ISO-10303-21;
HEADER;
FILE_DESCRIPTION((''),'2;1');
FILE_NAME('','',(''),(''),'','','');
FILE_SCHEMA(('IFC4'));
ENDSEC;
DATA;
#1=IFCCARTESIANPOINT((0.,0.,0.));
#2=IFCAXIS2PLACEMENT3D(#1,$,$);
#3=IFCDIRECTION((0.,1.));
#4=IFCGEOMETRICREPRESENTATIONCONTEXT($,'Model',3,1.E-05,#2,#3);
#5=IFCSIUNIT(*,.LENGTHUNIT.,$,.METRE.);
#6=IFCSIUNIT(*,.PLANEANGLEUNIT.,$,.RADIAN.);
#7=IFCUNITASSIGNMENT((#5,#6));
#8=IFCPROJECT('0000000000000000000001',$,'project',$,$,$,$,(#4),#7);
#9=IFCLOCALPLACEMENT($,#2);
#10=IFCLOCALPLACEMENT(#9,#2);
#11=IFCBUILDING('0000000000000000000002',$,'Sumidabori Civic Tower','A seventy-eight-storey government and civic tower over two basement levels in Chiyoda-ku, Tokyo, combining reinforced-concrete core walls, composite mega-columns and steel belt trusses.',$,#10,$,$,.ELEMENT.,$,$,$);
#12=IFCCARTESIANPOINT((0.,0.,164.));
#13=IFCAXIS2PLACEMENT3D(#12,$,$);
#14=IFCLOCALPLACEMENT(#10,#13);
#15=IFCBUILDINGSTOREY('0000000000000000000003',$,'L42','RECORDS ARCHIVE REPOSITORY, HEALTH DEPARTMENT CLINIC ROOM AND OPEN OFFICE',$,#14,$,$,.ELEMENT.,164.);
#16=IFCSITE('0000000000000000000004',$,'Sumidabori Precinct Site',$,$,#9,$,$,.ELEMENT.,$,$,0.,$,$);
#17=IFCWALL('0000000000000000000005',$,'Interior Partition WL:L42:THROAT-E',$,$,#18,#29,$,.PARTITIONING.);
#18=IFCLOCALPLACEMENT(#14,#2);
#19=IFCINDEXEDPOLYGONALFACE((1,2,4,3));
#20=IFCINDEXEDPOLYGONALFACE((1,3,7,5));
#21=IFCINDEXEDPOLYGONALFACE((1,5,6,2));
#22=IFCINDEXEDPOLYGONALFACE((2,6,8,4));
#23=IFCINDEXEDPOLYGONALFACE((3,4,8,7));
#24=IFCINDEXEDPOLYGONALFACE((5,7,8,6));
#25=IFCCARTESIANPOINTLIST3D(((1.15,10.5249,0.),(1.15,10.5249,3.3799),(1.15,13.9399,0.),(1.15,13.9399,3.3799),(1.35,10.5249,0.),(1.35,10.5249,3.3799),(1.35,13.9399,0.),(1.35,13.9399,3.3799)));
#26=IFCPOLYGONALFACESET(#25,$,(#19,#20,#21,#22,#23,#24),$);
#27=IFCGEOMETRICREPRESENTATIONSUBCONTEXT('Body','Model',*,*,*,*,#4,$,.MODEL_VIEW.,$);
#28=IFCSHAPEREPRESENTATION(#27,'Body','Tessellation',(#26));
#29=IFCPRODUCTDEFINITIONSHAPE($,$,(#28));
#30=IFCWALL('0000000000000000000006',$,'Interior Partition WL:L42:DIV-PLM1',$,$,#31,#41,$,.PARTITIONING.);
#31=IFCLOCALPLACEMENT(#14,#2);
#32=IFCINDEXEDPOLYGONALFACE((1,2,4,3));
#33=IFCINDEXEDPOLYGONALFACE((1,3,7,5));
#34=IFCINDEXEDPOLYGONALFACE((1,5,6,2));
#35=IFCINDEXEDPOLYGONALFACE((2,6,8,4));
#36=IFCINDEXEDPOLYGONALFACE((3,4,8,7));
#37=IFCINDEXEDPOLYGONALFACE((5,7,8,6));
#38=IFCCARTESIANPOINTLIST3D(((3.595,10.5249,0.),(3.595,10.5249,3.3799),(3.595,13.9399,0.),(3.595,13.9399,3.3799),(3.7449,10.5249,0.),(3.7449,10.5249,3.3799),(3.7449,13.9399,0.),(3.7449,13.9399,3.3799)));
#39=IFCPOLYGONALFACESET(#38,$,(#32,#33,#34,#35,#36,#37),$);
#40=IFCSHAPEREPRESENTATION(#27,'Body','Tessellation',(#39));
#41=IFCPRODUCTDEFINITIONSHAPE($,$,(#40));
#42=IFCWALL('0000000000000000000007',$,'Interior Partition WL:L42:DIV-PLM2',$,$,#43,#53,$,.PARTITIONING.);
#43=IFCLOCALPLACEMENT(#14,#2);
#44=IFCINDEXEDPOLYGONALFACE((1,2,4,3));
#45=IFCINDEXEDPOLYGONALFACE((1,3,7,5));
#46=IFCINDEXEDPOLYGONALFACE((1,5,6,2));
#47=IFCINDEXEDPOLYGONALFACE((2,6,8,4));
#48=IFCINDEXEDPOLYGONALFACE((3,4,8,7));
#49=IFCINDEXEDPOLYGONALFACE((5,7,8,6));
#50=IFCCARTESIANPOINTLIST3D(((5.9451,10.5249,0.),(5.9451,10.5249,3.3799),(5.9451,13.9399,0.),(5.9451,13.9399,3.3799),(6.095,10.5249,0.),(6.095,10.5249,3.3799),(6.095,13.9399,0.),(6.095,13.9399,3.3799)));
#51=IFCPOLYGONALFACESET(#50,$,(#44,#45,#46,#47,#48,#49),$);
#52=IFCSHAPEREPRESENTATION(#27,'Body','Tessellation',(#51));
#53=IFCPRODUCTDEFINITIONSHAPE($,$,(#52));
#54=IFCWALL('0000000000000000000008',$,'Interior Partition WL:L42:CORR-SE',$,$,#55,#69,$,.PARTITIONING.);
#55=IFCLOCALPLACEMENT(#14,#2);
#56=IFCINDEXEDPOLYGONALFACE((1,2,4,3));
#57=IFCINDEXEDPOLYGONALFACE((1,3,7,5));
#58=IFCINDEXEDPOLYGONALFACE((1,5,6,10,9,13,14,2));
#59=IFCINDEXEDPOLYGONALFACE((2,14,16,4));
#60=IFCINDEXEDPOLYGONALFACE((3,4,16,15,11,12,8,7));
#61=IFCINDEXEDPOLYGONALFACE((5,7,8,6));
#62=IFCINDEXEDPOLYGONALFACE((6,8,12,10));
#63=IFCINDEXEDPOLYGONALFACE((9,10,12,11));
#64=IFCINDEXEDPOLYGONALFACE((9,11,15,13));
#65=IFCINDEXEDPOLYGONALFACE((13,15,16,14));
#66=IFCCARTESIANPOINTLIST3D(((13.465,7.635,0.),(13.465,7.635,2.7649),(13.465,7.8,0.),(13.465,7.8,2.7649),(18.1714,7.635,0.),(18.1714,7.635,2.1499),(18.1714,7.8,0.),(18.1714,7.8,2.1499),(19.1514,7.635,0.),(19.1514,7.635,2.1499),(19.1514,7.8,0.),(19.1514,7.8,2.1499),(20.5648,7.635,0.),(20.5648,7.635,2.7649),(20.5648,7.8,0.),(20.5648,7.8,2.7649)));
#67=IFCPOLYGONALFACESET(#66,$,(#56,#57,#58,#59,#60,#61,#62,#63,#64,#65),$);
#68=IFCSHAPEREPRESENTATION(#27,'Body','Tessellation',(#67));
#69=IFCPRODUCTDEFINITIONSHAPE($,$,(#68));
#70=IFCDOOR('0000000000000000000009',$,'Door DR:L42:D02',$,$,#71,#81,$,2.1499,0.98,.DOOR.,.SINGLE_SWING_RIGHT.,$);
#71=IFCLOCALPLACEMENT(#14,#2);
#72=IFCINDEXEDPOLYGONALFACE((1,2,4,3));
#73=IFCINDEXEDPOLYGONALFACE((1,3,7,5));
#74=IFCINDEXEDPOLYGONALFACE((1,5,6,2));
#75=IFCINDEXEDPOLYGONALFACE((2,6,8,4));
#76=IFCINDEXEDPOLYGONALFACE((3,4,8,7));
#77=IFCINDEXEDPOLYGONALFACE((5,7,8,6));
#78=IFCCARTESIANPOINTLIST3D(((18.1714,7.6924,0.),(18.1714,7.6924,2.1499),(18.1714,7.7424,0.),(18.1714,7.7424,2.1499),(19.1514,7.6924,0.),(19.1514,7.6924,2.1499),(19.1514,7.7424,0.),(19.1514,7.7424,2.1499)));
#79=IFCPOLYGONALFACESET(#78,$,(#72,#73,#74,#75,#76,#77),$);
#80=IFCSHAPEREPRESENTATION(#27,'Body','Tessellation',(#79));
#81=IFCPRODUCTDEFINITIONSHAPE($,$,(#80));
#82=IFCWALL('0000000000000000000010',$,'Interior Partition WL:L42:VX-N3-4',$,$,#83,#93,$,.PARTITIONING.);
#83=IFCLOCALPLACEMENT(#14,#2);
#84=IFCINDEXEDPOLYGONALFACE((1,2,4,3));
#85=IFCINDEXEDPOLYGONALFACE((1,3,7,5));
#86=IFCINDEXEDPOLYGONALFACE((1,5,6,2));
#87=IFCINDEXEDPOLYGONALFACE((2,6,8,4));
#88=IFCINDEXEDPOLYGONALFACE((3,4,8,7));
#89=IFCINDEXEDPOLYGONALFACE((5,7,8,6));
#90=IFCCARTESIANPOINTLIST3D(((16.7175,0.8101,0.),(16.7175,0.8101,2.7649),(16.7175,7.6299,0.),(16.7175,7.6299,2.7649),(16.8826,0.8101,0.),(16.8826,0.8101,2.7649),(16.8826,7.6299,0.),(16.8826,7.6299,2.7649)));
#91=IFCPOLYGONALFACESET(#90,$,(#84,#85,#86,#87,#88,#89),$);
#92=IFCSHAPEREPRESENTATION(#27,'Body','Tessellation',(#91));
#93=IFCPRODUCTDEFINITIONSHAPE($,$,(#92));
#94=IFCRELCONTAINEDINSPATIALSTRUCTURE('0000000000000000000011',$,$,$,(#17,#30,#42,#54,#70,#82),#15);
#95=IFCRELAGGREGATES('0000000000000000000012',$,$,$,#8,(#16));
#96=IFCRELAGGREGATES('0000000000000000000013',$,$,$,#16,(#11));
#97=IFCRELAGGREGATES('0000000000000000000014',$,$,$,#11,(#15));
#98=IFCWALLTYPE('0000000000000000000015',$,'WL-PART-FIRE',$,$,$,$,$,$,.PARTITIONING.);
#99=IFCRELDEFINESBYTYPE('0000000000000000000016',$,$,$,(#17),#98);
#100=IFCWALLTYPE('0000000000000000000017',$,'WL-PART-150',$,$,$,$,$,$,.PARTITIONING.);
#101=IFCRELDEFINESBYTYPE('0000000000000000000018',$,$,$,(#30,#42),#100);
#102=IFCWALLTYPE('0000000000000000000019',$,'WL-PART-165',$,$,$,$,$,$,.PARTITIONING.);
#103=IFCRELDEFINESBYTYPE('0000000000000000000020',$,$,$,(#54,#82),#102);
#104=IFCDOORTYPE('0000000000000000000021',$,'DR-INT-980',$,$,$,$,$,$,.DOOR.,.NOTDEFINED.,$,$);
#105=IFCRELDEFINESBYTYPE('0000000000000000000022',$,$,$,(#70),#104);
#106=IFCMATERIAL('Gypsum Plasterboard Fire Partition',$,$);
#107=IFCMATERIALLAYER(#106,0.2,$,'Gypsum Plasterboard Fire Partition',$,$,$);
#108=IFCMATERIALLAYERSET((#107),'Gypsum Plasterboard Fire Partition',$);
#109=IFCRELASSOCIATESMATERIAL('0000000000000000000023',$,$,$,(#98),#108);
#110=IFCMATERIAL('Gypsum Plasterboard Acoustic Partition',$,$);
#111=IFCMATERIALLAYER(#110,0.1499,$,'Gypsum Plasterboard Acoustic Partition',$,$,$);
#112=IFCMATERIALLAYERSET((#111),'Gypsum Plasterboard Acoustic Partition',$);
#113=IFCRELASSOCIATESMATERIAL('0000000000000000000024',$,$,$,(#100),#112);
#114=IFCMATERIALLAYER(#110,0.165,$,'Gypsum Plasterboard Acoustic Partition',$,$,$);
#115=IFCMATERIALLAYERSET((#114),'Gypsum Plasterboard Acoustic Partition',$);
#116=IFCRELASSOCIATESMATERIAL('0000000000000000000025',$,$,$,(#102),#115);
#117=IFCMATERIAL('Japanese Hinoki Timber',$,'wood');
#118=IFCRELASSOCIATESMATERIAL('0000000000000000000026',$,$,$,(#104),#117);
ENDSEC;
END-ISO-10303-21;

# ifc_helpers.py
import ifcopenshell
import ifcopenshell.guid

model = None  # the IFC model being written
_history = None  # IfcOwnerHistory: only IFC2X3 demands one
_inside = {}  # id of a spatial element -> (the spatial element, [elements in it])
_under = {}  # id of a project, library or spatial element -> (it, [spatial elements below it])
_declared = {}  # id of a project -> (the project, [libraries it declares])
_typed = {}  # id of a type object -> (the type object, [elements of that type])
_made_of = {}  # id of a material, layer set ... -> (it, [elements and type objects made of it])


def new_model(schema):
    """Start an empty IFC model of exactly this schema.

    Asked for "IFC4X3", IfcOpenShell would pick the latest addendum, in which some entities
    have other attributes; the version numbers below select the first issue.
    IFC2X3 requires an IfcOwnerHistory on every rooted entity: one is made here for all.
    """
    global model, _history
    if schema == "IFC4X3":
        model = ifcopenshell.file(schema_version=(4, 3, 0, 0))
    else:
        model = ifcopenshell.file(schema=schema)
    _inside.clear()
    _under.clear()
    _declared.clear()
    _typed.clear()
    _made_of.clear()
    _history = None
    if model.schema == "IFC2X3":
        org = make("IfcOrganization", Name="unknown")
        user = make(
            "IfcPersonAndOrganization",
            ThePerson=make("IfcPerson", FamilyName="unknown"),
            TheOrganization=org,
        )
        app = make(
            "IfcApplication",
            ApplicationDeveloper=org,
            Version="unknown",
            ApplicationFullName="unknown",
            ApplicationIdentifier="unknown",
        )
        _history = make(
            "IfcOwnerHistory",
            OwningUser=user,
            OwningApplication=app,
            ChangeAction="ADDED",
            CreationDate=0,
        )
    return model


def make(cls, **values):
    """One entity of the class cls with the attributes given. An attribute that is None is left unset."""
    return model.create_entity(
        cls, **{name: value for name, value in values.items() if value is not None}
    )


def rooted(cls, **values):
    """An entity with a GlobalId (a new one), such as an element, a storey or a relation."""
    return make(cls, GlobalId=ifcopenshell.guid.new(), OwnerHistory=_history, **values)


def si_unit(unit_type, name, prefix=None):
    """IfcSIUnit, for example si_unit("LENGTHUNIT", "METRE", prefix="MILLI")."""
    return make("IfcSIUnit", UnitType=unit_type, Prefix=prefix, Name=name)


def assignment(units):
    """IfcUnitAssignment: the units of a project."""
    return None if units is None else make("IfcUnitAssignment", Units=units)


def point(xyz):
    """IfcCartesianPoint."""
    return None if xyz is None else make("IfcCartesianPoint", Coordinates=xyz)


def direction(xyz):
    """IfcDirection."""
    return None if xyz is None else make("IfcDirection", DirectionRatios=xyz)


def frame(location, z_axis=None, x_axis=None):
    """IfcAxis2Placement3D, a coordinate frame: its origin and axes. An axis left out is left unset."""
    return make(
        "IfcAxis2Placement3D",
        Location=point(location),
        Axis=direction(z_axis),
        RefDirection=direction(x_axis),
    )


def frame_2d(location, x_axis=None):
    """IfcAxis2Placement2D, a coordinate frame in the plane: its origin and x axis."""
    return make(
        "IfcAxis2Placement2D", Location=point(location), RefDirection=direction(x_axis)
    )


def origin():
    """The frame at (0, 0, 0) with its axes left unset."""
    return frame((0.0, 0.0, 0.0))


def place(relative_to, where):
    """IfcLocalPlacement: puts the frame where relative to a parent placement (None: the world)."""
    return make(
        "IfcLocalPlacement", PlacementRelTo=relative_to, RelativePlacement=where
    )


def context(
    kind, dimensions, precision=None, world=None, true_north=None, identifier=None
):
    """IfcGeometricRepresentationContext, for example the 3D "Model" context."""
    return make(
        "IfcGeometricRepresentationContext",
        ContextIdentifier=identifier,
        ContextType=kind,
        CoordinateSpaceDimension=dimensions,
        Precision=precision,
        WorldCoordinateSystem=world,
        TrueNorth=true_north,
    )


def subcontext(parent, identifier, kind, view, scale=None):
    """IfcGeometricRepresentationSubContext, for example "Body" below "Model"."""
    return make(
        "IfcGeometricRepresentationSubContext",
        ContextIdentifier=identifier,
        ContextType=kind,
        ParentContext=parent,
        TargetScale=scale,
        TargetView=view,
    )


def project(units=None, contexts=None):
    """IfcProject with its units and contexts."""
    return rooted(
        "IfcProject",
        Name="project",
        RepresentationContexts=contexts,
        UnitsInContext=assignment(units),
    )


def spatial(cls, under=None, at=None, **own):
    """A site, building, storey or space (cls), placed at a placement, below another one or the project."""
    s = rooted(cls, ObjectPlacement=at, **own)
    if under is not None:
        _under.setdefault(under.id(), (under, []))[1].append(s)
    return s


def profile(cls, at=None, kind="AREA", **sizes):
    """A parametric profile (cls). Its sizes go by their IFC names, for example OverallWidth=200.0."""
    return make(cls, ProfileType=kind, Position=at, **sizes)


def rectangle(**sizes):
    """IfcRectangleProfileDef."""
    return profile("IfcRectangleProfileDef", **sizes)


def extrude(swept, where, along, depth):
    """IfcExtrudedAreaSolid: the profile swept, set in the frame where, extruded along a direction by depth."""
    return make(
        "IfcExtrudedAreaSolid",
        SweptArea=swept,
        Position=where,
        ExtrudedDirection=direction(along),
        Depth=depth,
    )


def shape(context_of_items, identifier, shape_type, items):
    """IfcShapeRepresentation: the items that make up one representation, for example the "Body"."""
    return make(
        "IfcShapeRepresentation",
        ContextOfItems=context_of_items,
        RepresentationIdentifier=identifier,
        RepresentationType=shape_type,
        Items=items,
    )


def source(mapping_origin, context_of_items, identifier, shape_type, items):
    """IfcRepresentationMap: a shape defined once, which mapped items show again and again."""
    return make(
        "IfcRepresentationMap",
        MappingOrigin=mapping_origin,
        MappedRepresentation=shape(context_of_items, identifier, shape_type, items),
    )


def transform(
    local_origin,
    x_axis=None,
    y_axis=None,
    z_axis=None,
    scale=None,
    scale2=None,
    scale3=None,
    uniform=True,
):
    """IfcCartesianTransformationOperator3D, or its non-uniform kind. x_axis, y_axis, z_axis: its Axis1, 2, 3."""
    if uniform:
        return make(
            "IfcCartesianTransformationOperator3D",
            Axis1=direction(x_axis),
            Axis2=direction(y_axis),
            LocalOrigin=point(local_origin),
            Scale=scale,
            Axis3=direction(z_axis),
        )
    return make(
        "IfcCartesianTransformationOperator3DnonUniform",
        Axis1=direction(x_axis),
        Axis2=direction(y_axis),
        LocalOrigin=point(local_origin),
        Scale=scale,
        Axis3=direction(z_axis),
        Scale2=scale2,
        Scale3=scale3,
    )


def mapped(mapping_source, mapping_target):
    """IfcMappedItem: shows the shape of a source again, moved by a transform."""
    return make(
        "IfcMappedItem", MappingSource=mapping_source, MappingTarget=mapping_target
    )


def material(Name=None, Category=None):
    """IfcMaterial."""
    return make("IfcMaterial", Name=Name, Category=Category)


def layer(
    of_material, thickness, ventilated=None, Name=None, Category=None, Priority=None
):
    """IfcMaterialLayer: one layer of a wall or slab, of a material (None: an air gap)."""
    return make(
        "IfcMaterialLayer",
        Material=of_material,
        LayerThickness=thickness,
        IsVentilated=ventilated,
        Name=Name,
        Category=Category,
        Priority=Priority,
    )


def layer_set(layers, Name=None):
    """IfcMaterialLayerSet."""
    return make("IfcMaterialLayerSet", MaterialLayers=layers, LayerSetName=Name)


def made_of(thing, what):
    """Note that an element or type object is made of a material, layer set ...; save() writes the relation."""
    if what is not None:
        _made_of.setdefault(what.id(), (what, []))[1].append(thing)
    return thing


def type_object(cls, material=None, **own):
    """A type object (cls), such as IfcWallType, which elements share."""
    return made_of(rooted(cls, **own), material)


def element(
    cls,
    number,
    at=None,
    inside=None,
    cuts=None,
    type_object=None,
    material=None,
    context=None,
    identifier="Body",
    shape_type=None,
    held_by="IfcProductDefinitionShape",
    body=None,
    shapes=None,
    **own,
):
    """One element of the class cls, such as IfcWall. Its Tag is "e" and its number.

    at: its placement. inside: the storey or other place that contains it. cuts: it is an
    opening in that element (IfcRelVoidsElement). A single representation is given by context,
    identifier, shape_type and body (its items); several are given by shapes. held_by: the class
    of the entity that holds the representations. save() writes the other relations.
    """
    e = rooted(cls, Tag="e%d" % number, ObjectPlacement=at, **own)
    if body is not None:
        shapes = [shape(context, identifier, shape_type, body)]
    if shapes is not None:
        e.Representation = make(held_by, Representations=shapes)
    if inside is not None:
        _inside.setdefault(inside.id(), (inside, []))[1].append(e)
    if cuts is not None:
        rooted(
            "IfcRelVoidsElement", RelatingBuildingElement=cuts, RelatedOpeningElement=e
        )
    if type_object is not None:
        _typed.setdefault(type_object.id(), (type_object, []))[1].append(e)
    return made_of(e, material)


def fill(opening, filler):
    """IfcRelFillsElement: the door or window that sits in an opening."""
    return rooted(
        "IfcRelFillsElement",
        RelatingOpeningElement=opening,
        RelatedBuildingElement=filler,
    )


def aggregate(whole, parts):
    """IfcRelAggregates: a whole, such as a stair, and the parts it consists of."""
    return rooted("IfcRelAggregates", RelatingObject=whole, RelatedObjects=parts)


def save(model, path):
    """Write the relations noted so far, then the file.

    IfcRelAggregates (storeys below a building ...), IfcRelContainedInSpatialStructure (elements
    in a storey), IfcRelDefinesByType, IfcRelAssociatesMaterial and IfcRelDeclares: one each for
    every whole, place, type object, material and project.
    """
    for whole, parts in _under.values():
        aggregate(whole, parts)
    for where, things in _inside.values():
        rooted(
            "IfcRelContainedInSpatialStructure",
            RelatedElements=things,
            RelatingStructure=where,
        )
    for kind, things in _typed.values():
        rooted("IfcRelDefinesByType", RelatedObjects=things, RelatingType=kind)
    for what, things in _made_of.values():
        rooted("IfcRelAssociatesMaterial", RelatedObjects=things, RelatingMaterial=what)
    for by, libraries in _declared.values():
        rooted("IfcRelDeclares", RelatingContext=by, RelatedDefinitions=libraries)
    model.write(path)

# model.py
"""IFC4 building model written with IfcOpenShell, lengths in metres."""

from ifc_helpers import new_model, si_unit, direction, frame, frame_2d, origin, place, context, subcontext, project, spatial, rectangle, extrude, source, transform, mapped, material, layer, layer_set, type_object, element, fill, save


model = new_model("IFC4")

# Units and contexts
model_context = context("Model", 3, precision=1e-05, world=origin(), true_north=direction((0.0, 1.0)))
body_context = subcontext(model_context, "Body", "Model", "MODEL_VIEW")
ifc_project = project(units=[si_unit("LENGTHUNIT", "METRE"), si_unit("PLANEANGLEUNIT", "RADIAN")], contexts=[model_context])

# Site, building, storey
site_placement = place(None, origin())
site = spatial("IfcSite", under=ifc_project, at=site_placement, Name="Sumidabori Precinct Site", CompositionType="ELEMENT", RefElevation=0.0)
building_placement = place(site_placement, origin())
building = spatial("IfcBuilding", under=site, at=building_placement, Name="Sumidabori Civic Tower", Description="A seventy-eight-storey government and civic tower over two basement levels in Chiyoda-ku, Tokyo, combining reinforced-concrete core walls, composite mega-columns and steel belt trusses.", CompositionType="ELEMENT")
storey_placement = place(building_placement, frame((0.0, 0.0, 164.0)))
storey = spatial("IfcBuildingStorey", under=building, at=storey_placement, Name="L42", Description="RECORDS ARCHIVE REPOSITORY, HEALTH DEPARTMENT CLINIC ROOM AND OPEN OFFICE", CompositionType="ELEMENT", Elevation=164.0)

# Shared definitions
ifc_material_1 = material(Name="Japanese Hinoki Timber", Category="wood")

# Shared definitions
ifc_material_2 = material(Name="Gypsum Plasterboard Fire Partition")
ifc_layer_1 = layer(ifc_material_2, 0.2, Name="Gypsum Plasterboard Fire Partition")
ifc_layer_set_1 = layer_set([ifc_layer_1], Name="Gypsum Plasterboard Fire Partition")
wall_type_1 = type_object("IfcWallType", Name="WL-PART-FIRE", PredefinedType="PARTITIONING", material=ifc_layer_set_1)

# Walls
shared_shape_1 = source(origin(), body_context, "Body", "SweptSolid", [
    extrude(rectangle(XDim=3.415, YDim=0.2, at=frame_2d((1.7075, 0.0))), origin(), (0.0, 0.0, 1.0), 3.3799),
])
wall_1_placement = place(storey_placement, frame((1.25, 10.5249, 0.0), z_axis=(0.0, 0.0, 1.0), x_axis=(0.0, 1.0, 0.0)))
element("IfcWall", 1, at=wall_1_placement, inside=storey, type_object=wall_type_1, Name="Interior Partition WL:L42:THROAT-E", PredefinedType="PARTITIONING", context=body_context, shape_type="MappedRepresentation", body=[
    mapped(shared_shape_1, transform((0.0, 0.0, 0.0), x_axis=(1.0, 0.0, 0.0), y_axis=(0.0, 1.0, 0.0), z_axis=(0.0, 0.0, 1.0), scale=1.0)),
])
ifc_material_3 = material(Name="Gypsum Plasterboard Acoustic Partition")
ifc_layer_2 = layer(ifc_material_3, 0.1499, Name="Gypsum Plasterboard Acoustic Partition")
ifc_layer_set_2 = layer_set([ifc_layer_2], Name="Gypsum Plasterboard Acoustic Partition")
wall_type_2 = type_object("IfcWallType", Name="WL-PART-150", PredefinedType="PARTITIONING", material=ifc_layer_set_2)
shared_shape_2 = source(origin(), body_context, "Body", "SweptSolid", [
    extrude(rectangle(XDim=3.415, YDim=0.1499, at=frame_2d((1.7075, 0.0))), origin(), (0.0, 0.0, 1.0), 3.3799),
])
for number, where, z_axis, x_axis, name in (
    (2, (3.6699, 10.5249, 0.0), (0.0, 0.0, 1.0), (0.0, 1.0, 0.0), "Interior Partition WL:L42:DIV-PLM1"),
    (3, (6.02, 10.5249, 0.0), (0.0, 0.0, 1.0), (0.0, 1.0, 0.0), "Interior Partition WL:L42:DIV-PLM2"),
):
    element("IfcWall", number, at=place(storey_placement, frame(where, z_axis=z_axis, x_axis=x_axis)), inside=storey, type_object=wall_type_2, Name=name, PredefinedType="PARTITIONING", context=body_context, shape_type="MappedRepresentation", body=[
        mapped(shared_shape_2, transform((0.0, 0.0, 0.0), x_axis=(1.0, 0.0, 0.0), y_axis=(0.0, 1.0, 0.0), z_axis=(0.0, 0.0, 1.0), scale=1.0)),
    ])

# Wall, opening, door
ifc_layer_3 = layer(ifc_material_3, 0.165, Name="Gypsum Plasterboard Acoustic Partition")
ifc_layer_set_3 = layer_set([ifc_layer_3], Name="Gypsum Plasterboard Acoustic Partition")
wall_type_3 = type_object("IfcWallType", Name="WL-PART-165", PredefinedType="PARTITIONING", material=ifc_layer_set_3)
shared_shape_3 = source(origin(), body_context, "Body", "SweptSolid", [
    extrude(rectangle(XDim=7.0999, YDim=0.165, at=frame_2d((3.5498, 0.0))), origin(), (0.0, 0.0, 1.0), 2.7649),
])
wall_2_placement = place(storey_placement, frame((13.4651, 7.7175, 0.0), z_axis=(0.0, 0.0, 1.0), x_axis=(1.0, 0.0, 0.0)))
wall_2 = element("IfcWall", 4, at=wall_2_placement, inside=storey, type_object=wall_type_3, Name="Interior Partition WL:L42:CORR-SE", PredefinedType="PARTITIONING", context=body_context, shape_type="MappedRepresentation", body=[
    mapped(shared_shape_3, transform((0.0, 0.0, 0.0), x_axis=(1.0, 0.0, 0.0), y_axis=(0.0, 1.0, 0.0), z_axis=(0.0, 0.0, 1.0), scale=1.0)),
])
opening_1_placement = place(wall_2_placement, frame((4.7063, 0.0, 0.0)))
opening_1 = element("IfcOpeningElement", 5, at=opening_1_placement, cuts=wall_2, PredefinedType="OPENING", context=body_context, shape_type="SweptSolid", body=[
    extrude(rectangle(XDim=0.98, YDim=2.1499, at=frame_2d((0.49, 1.075))), frame((0.0, 0.0945, 0.0), z_axis=(0.0, -1.0, 0.0), x_axis=(1.0, 0.0, 0.0)), (0.0, 0.0, 1.0), 0.189),
])
door_type_1 = type_object("IfcDoorType", Name="DR-INT-980", OperationType="NOTDEFINED", PredefinedType="DOOR", material=ifc_material_1)
shared_shape_4 = source(origin(), body_context, "Body", "SweptSolid", [
    extrude(rectangle(XDim=0.98, YDim=2.1499, at=frame_2d((0.49, 1.075))), frame((0.0, 0.0249, 0.0), z_axis=(0.0, -1.0, 0.0), x_axis=(1.0, 0.0, 0.0)), (0.0, 0.0, 1.0), 0.05),
])
door_1_placement = place(opening_1_placement, origin())
door_1 = element("IfcDoor", 6, at=door_1_placement, inside=storey, type_object=door_type_1, Name="Door DR:L42:D02", OperationType="SINGLE_SWING_RIGHT", OverallHeight=2.1499, OverallWidth=0.98, PredefinedType="DOOR", context=body_context, shape_type="MappedRepresentation", body=[
    mapped(shared_shape_4, transform((0.0, 0.0, 0.0), x_axis=(1.0, 0.0, 0.0), y_axis=(0.0, 1.0, 0.0), z_axis=(0.0, 0.0, 1.0), scale=1.0)),
])
fill(opening_1, door_1)

# Wall
shared_shape_5 = source(origin(), body_context, "Body", "SweptSolid", [
    extrude(rectangle(XDim=6.8198, YDim=0.165, at=frame_2d((3.4099, 0.0))), origin(), (0.0, 0.0, 1.0), 2.7649),
])
wall_3_placement = place(storey_placement, frame((16.8, 0.8101, 0.0), z_axis=(0.0, 0.0, 1.0), x_axis=(0.0, 1.0, 0.0)))
element("IfcWall", 7, at=wall_3_placement, inside=storey, type_object=wall_type_3, Name="Interior Partition WL:L42:VX-N3-4", PredefinedType="PARTITIONING", context=body_context, shape_type="MappedRepresentation", body=[
    mapped(shared_shape_5, transform((0.0, 0.0, 0.0), x_axis=(1.0, 0.0, 0.0), y_axis=(0.0, 1.0, 0.0), z_axis=(0.0, 0.0, 1.0), scale=1.0)),
])

save(model, "model.ifc")
